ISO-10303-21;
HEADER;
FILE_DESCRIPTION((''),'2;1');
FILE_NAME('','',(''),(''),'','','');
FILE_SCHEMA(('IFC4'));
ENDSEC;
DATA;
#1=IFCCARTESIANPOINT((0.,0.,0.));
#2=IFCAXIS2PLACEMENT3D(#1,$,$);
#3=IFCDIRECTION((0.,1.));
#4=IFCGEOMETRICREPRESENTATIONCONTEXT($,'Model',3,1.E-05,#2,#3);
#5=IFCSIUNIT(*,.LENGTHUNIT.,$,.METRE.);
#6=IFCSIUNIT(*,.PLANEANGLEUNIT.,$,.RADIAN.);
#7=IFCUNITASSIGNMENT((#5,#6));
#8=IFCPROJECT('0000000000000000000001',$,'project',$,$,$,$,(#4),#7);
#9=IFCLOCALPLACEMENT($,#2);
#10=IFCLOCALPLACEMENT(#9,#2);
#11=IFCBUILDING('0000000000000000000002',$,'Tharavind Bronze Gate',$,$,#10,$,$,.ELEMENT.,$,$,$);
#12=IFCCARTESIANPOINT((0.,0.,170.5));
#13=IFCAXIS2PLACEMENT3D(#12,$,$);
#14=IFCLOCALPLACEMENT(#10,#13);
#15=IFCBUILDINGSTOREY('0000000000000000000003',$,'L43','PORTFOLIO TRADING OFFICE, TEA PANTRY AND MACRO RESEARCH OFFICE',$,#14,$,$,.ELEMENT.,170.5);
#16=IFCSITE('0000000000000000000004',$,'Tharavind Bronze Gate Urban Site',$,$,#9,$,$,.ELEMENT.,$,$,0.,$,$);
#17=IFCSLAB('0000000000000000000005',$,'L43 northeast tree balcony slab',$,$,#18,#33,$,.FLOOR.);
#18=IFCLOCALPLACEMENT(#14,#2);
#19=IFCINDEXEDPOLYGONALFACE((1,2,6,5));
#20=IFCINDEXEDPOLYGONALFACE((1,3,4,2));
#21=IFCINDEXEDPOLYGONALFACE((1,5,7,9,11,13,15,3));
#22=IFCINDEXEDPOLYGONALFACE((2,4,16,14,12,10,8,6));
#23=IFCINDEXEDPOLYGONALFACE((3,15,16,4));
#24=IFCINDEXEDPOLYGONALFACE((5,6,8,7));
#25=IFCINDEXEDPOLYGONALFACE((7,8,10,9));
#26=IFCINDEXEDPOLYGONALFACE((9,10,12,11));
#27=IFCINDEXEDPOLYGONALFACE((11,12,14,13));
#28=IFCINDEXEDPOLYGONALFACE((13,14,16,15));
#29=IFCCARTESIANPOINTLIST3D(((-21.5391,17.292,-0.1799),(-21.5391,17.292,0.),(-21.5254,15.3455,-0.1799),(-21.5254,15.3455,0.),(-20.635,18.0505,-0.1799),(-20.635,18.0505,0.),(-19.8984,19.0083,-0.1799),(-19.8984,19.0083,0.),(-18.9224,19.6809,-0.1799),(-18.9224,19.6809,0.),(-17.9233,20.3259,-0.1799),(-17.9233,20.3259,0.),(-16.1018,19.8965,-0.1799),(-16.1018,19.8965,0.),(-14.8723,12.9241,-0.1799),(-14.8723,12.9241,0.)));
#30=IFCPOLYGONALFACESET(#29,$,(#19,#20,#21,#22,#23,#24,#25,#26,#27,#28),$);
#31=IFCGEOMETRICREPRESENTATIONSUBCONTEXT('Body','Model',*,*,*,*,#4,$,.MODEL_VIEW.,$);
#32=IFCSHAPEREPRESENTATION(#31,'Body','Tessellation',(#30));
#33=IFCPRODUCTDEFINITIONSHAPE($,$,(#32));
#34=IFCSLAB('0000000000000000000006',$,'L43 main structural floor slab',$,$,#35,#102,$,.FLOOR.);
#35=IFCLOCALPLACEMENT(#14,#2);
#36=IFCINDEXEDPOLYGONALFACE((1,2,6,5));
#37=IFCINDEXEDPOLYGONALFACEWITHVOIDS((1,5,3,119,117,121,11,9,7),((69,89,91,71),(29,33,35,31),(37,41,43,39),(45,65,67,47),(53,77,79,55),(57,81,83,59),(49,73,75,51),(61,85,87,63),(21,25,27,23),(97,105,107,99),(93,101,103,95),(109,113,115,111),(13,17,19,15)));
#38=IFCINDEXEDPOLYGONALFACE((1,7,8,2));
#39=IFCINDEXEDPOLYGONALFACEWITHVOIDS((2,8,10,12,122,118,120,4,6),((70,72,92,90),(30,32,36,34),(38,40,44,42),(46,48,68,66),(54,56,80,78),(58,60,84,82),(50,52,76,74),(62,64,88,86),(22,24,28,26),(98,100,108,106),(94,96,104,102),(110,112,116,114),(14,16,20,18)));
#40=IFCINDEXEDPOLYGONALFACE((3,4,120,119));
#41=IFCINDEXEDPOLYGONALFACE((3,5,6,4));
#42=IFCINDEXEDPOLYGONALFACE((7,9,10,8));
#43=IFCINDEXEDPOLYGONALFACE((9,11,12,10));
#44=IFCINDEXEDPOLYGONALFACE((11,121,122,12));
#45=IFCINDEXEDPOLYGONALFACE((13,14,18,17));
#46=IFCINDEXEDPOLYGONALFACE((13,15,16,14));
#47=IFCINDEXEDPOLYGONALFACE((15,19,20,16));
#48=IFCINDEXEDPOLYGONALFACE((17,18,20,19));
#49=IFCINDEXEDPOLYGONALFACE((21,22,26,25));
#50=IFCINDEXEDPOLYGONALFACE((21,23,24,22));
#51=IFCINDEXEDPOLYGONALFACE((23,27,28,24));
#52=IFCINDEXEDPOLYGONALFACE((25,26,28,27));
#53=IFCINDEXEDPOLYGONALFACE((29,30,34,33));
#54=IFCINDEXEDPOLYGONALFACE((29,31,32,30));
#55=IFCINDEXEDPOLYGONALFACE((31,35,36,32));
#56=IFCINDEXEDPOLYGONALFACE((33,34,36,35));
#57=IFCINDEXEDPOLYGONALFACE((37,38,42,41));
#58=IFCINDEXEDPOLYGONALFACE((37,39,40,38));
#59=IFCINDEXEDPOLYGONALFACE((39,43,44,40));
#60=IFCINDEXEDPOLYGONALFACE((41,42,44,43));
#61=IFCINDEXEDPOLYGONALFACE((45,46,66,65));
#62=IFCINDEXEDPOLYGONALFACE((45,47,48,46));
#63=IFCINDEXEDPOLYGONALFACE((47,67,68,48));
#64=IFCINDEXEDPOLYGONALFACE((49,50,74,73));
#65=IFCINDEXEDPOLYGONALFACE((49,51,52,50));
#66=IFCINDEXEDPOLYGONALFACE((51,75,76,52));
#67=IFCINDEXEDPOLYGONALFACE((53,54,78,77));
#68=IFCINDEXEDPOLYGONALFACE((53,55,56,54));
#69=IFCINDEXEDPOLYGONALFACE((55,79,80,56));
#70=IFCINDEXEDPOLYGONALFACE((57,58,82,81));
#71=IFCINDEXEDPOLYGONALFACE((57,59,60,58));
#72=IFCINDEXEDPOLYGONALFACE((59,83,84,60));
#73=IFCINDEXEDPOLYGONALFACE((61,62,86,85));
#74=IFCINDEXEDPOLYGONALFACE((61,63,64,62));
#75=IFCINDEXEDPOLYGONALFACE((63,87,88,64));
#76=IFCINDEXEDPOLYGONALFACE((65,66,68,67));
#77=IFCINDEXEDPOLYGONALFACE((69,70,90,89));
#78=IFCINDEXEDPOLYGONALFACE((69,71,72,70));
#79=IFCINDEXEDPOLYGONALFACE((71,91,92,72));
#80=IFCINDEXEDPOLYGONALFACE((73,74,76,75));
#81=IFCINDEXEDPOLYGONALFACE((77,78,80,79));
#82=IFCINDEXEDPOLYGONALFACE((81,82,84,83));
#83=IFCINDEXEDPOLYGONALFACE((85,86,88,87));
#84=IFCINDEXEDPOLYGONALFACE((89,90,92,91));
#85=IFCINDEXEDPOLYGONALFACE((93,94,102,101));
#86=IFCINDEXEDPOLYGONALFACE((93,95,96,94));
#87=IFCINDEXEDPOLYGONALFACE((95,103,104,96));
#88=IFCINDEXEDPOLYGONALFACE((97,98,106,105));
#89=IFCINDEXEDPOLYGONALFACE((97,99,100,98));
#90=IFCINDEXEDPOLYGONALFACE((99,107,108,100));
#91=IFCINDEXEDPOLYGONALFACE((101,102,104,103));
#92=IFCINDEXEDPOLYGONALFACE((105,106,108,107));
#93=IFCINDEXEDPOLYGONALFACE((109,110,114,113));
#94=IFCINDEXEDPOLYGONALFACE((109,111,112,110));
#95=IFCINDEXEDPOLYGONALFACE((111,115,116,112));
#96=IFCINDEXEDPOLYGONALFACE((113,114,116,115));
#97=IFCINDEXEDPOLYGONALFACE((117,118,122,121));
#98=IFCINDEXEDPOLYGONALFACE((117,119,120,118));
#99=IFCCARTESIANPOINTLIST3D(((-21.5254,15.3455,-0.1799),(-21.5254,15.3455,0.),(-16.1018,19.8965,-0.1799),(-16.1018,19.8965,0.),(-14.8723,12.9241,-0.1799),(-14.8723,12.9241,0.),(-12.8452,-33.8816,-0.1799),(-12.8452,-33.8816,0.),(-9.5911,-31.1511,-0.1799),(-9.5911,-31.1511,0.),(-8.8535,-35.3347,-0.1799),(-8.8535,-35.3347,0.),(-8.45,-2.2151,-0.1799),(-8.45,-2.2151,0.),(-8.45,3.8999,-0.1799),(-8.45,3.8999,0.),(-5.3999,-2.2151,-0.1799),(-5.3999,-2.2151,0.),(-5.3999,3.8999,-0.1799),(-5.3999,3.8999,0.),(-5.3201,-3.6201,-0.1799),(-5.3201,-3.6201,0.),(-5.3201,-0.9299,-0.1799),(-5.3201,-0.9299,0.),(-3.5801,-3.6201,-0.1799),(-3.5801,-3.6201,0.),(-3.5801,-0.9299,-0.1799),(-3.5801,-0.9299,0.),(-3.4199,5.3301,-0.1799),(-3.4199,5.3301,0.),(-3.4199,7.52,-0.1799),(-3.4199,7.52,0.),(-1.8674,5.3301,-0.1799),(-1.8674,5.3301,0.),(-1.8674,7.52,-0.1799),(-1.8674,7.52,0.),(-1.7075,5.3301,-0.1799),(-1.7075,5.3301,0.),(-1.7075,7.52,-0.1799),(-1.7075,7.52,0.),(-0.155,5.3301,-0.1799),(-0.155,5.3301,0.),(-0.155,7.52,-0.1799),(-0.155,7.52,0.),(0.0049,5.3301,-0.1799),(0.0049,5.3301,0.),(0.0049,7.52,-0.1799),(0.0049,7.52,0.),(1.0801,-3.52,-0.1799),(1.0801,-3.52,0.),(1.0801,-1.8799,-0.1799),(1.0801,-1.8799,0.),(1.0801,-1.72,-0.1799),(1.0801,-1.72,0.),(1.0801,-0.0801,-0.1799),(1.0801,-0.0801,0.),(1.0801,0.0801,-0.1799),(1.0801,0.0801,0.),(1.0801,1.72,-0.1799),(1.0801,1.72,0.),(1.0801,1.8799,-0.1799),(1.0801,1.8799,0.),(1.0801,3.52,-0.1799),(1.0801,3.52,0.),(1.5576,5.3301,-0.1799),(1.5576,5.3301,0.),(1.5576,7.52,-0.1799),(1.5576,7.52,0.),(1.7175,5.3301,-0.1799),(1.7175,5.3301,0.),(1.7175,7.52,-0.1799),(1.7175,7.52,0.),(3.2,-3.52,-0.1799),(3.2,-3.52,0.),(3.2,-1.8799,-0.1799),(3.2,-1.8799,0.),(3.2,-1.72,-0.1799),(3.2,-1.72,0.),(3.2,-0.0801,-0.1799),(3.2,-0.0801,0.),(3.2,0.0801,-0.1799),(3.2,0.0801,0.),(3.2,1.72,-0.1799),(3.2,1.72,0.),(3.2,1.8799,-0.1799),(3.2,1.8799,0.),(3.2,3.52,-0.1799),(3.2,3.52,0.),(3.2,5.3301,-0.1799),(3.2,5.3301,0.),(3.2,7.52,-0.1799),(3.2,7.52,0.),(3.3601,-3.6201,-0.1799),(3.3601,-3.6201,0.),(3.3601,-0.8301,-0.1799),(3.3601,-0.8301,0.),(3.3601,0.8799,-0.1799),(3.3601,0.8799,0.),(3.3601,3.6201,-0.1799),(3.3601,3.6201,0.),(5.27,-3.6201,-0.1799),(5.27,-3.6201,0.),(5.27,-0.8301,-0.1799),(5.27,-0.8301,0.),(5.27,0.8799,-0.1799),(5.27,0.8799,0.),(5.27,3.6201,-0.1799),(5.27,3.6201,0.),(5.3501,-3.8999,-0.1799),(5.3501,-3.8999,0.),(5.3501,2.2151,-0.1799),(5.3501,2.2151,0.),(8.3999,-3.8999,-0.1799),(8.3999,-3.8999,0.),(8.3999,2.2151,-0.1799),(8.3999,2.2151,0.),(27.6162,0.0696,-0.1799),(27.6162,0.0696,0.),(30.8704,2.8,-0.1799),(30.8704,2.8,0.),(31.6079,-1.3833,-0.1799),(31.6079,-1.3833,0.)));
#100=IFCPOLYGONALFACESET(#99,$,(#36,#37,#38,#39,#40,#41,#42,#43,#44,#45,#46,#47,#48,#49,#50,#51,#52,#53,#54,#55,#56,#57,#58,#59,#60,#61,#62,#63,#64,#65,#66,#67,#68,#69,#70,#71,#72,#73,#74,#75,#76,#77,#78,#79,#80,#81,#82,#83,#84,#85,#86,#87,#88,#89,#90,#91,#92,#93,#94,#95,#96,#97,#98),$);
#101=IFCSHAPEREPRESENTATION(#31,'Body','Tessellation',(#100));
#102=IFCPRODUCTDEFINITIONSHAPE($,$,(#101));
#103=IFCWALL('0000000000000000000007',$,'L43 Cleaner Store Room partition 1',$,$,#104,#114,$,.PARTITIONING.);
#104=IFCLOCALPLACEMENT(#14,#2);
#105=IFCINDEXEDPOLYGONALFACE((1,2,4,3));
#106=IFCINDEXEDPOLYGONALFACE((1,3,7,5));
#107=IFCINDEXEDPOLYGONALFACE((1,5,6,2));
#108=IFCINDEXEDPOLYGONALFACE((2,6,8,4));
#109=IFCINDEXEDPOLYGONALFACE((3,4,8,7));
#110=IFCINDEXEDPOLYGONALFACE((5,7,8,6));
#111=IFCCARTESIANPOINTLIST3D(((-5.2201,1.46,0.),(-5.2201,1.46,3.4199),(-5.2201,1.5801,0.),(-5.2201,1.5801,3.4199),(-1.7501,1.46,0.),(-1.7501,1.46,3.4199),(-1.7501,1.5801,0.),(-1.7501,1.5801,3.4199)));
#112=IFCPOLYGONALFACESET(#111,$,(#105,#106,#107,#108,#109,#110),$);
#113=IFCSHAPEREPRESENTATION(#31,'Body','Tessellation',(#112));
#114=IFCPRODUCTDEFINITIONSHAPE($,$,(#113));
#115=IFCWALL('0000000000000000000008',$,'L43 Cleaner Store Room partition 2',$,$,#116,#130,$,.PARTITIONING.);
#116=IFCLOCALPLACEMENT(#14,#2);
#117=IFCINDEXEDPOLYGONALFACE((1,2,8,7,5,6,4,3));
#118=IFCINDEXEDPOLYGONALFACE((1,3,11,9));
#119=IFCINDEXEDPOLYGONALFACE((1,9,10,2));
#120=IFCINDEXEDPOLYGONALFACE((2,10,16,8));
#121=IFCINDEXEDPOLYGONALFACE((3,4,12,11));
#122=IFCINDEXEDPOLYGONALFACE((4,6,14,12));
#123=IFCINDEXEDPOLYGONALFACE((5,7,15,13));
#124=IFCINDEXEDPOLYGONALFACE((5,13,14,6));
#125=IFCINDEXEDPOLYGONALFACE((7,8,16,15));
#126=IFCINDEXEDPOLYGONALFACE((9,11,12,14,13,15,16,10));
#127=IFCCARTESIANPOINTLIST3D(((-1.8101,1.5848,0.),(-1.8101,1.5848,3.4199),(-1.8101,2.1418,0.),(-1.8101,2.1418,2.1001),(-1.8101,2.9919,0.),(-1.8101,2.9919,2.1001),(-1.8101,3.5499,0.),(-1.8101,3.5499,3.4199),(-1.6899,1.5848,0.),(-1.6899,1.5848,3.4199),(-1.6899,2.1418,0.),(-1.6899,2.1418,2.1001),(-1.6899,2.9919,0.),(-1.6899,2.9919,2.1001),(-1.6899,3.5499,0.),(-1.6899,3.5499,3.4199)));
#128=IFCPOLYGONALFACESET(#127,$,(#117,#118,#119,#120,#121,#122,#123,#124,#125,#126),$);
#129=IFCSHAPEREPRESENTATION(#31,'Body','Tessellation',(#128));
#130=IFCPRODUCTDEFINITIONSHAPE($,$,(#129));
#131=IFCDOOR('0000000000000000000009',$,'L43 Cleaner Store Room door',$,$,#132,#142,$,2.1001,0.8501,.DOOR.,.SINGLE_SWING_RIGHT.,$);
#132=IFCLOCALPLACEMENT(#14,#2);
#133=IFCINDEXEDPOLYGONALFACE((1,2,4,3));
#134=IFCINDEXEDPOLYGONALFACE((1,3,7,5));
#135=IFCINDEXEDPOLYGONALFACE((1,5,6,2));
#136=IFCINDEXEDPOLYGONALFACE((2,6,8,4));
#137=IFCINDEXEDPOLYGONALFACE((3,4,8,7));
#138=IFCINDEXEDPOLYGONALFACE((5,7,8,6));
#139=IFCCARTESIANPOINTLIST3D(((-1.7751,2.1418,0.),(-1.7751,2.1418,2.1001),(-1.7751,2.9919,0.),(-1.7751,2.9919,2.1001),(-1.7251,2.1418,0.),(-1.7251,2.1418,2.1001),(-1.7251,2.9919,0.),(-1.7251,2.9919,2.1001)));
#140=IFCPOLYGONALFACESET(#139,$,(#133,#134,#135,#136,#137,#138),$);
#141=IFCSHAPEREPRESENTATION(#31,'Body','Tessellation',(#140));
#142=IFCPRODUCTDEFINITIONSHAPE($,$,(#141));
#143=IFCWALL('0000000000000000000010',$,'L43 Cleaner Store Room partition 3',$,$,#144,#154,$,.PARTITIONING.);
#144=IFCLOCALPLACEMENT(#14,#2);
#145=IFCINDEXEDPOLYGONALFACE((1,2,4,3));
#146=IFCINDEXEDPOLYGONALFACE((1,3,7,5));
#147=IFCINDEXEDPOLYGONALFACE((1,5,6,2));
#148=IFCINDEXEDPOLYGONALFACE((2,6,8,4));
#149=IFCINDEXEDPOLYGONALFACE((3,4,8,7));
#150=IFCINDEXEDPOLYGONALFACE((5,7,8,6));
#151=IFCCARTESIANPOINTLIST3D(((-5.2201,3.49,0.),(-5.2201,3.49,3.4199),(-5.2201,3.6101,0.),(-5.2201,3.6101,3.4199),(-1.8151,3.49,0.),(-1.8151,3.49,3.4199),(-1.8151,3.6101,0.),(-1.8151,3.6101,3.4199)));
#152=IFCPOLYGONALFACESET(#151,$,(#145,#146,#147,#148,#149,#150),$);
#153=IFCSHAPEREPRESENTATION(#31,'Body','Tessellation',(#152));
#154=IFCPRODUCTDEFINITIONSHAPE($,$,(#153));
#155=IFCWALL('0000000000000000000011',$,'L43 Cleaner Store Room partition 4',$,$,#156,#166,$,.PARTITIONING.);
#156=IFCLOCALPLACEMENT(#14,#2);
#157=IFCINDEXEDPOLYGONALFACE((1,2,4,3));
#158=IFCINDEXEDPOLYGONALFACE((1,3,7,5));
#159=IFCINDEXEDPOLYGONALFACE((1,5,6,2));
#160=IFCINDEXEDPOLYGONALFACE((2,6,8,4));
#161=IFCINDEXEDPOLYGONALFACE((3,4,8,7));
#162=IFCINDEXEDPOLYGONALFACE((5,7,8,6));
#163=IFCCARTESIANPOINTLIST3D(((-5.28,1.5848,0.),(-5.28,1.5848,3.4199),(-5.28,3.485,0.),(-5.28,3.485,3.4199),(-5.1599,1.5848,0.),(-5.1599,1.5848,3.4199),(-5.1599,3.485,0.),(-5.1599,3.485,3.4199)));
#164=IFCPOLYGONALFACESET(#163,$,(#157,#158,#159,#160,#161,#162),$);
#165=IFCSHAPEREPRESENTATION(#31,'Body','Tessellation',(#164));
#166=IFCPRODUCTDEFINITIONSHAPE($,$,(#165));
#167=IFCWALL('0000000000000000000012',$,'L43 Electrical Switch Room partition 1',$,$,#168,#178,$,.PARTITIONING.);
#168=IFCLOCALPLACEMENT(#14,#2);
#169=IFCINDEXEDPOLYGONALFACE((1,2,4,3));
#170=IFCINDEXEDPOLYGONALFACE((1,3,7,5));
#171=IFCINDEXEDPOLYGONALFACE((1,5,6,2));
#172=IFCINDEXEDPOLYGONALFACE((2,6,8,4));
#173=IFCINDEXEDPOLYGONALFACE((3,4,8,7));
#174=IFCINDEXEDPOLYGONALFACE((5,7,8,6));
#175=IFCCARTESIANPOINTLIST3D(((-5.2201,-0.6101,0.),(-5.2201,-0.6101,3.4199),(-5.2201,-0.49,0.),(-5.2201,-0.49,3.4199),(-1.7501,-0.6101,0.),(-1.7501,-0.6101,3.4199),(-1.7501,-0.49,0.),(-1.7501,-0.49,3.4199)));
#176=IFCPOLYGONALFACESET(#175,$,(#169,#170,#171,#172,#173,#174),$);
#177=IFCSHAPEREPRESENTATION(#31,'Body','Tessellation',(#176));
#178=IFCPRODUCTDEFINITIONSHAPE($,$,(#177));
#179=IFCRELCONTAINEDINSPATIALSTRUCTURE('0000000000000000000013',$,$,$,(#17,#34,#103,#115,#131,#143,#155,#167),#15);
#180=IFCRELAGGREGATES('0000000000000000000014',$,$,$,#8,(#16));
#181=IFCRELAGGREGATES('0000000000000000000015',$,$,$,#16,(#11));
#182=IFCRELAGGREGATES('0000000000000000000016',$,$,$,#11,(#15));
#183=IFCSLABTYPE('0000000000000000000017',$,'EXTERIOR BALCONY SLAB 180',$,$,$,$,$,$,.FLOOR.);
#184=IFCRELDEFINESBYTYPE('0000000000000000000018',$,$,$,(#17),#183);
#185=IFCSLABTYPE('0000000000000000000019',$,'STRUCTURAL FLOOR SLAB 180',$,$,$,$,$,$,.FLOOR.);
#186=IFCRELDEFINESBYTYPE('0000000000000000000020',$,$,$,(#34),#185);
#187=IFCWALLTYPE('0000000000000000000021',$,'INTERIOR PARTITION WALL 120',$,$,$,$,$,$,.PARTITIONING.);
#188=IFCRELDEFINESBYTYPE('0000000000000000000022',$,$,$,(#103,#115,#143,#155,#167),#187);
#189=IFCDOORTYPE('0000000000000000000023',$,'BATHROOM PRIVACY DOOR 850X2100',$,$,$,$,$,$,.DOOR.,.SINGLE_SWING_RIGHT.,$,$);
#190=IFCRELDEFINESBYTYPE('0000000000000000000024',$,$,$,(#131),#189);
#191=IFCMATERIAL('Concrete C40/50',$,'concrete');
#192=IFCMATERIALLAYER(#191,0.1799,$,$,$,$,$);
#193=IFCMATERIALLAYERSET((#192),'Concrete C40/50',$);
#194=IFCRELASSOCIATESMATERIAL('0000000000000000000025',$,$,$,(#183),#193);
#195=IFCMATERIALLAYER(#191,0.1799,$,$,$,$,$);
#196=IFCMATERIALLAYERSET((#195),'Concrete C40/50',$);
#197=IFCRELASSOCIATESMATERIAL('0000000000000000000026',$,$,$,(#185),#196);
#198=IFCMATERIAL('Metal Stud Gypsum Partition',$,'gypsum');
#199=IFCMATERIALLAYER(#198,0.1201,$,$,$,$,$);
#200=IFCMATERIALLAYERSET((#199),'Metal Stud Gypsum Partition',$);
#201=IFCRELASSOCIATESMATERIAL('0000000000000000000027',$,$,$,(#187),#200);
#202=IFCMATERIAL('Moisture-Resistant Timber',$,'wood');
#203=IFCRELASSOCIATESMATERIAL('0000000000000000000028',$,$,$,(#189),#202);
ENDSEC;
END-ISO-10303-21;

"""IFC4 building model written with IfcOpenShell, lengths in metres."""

from ifc_helpers import new_model, si_unit, direction, frame, frame_2d, origin, place, context, subcontext, project, spatial, polyline, rectangle, outline, extrude, material, layer, layer_set, type_object, element, fill, save


model = new_model("IFC4")

# Units and contexts
model_context = context("Model", 3, precision=1e-05, world=origin(), true_north=direction((0.0, 1.0)))
body_context = subcontext(model_context, "Body", "Model", "MODEL_VIEW")
ifc_project = project(units=[si_unit("LENGTHUNIT", "METRE"), si_unit("PLANEANGLEUNIT", "RADIAN")], contexts=[model_context])

# Site, building, storey
site_placement = place(None, origin())
site = spatial("IfcSite", under=ifc_project, at=site_placement, Name="Tharavind Bronze Gate Urban Site", CompositionType="ELEMENT", RefElevation=0.0)
building_placement = place(site_placement, origin())
building = spatial("IfcBuilding", under=site, at=building_placement, Name="Tharavind Bronze Gate", CompositionType="ELEMENT")
storey_placement = place(building_placement, frame((0.0, 0.0, 170.5)))
storey = spatial("IfcBuildingStorey", under=building, at=storey_placement, Name="L43", Description="PORTFOLIO TRADING OFFICE, TEA PANTRY AND MACRO RESEARCH OFFICE", CompositionType="ELEMENT", Elevation=170.5)

# Slabs
ifc_material_1 = material(Name="Concrete C40/50", Category="concrete")
ifc_layer_1 = layer(ifc_material_1, 0.1799)
ifc_layer_set_1 = layer_set([ifc_layer_1], Name="Concrete C40/50")
slab_type_1 = type_object("IfcSlabType", Name="EXTERIOR BALCONY SLAB 180", PredefinedType="FLOOR", material=ifc_layer_set_1)
slab_1_placement = place(storey_placement, frame((0.0, 0.0, -0.1799)))
element("IfcSlab", 1, at=slab_1_placement, inside=storey, type_object=slab_type_1, Name="L43 northeast tree balcony slab", PredefinedType="FLOOR", context=body_context, shape_type="SweptSolid", body=[
    extrude(outline(polyline([(-17.9233, 20.3259), (-18.9224, 19.6809), (-19.8984, 19.0083), (-20.635, 18.0505), (-21.5391, 17.292), (-21.5254, 15.3455), (-14.8723, 12.9241), (-16.1018, 19.8965), (-17.9233, 20.3259)])), origin(), (0.0, 0.0, 1.0), 0.1799),
])
ifc_layer_2 = layer(ifc_material_1, 0.1799)
ifc_layer_set_2 = layer_set([ifc_layer_2], Name="Concrete C40/50")
slab_type_2 = type_object("IfcSlabType", Name="STRUCTURAL FLOOR SLAB 180", PredefinedType="FLOOR", material=ifc_layer_set_2)
slab_2_placement = place(storey_placement, frame((0.0, 0.0, -0.1799)))
element("IfcSlab", 2, at=slab_2_placement, inside=storey, type_object=slab_type_2, Name="L43 main structural floor slab", PredefinedType="FLOOR", context=body_context, shape_type="SweptSolid", body=[
    extrude(outline(polyline([(-16.1018, 19.8965), (-14.8723, 12.9241), (-21.5254, 15.3455), (-12.8452, -33.8816), (-9.5911, -31.1511), (-8.8535, -35.3347), (31.6079, -1.3833), (27.6162, 0.0696), (30.8704, 2.8), (-16.1018, 19.8965)]), holes=[polyline([(-5.3999, -2.2151), (-5.3999, 3.8999), (-8.45, 3.8999), (-8.45, -2.2151), (-5.3999, -2.2151)]), polyline([(5.3501, 2.2151), (5.3501, -3.8999), (8.3999, -3.8999), (8.3999, 2.2151), (5.3501, 2.2151)]), polyline([(-3.4199, 5.3301), (-1.8674, 5.3301), (-1.8674, 7.52), (-3.4199, 7.52), (-3.4199, 5.3301)]), polyline([(-1.7075, 5.3301), (-0.155, 5.3301), (-0.155, 7.52), (-1.7075, 7.52), (-1.7075, 5.3301)]), polyline([(0.0049, 5.3301), (1.5576, 5.3301), (1.5576, 7.52), (0.0049, 7.52), (0.0049, 5.3301)]), polyline([(1.7175, 5.3301), (3.2, 5.3301), (3.2, 7.52), (1.7175, 7.52), (1.7175, 5.3301)]), polyline([(1.0801, -3.52), (3.2, -3.52), (3.2, -1.8799), (1.0801, -1.8799), (1.0801, -3.52)]), polyline([(1.0801, -1.72), (3.2, -1.72), (3.2, -0.0801), (1.0801, -0.0801), (1.0801, -1.72)]), polyline([(1.0801, 0.0801), (3.2, 0.0801), (3.2, 1.72), (1.0801, 1.72), (1.0801, 0.0801)]), polyline([(1.0801, 1.8799), (3.2, 1.8799), (3.2, 3.52), (1.0801, 3.52), (1.0801, 1.8799)]), polyline([(-5.3201, -3.6201), (-3.5801, -3.6201), (-3.5801, -0.9299), (-5.3201, -0.9299), (-5.3201, -3.6201)]), polyline([(3.3601, 0.8799), (5.27, 0.8799), (5.27, 3.6201), (3.3601, 3.6201), (3.3601, 0.8799)]), polyline([(3.3601, -3.6201), (5.27, -3.6201), (5.27, -0.8301), (3.3601, -0.8301), (3.3601, -3.6201)])]), origin(), (0.0, 0.0, 1.0), 0.1799),
])

# Wall
ifc_material_2 = material(Name="Metal Stud Gypsum Partition", Category="gypsum")
ifc_layer_3 = layer(ifc_material_2, 0.1201)
ifc_layer_set_3 = layer_set([ifc_layer_3], Name="Metal Stud Gypsum Partition")
wall_type_1 = type_object("IfcWallType", Name="INTERIOR PARTITION WALL 120", PredefinedType="PARTITIONING", material=ifc_layer_set_3)
wall_1_placement = place(storey_placement, frame((-5.22, 1.52, 0.0), z_axis=(0.0, 0.0, 1.0), x_axis=(1.0, 0.0, 0.0)))
element("IfcWall", 3, at=wall_1_placement, inside=storey, type_object=wall_type_1, Name="L43 Cleaner Store Room partition 1", PredefinedType="PARTITIONING", context=body_context, shape_type="SweptSolid", body=[
    extrude(rectangle(XDim=3.47, YDim=0.1201, at=frame_2d((1.7349, 0.0))), origin(), (0.0, 0.0, 1.0), 3.4199),
])

# Wall, opening, door
wall_2_placement = place(storey_placement, frame((-1.75, 1.585, 0.0), z_axis=(0.0, 0.0, 1.0), x_axis=(0.0, 1.0, 0.0)))
wall_2 = element("IfcWall", 4, at=wall_2_placement, inside=storey, type_object=wall_type_1, Name="L43 Cleaner Store Room partition 2", PredefinedType="PARTITIONING", context=body_context, shape_type="SweptSolid", body=[
    extrude(rectangle(XDim=1.9651, YDim=0.1201, at=frame_2d((0.9824, 0.0))), origin(), (0.0, 0.0, 1.0), 3.4199),
])
opening_1_placement = place(wall_2_placement, frame((0.5569, 0.0, 0.0)))
opening_1 = element("IfcOpeningElement", 5, at=opening_1_placement, cuts=wall_2, PredefinedType="OPENING", context=body_context, shape_type="SweptSolid", body=[
    extrude(rectangle(XDim=0.8501, YDim=2.1001, at=frame_2d((0.425, 1.05))), frame((0.0, 0.0701, 0.0), z_axis=(0.0, -1.0, 0.0), x_axis=(1.0, 0.0, 0.0)), (0.0, 0.0, 1.0), 0.1401),
])
ifc_material_3 = material(Name="Moisture-Resistant Timber", Category="wood")
door_type_1 = type_object("IfcDoorType", Name="BATHROOM PRIVACY DOOR 850X2100", OperationType="SINGLE_SWING_RIGHT", PredefinedType="DOOR", material=ifc_material_3)
door_1_placement = place(opening_1_placement, frame((0.8501, 0.0, 0.0), z_axis=(0.0, 0.0, 1.0), x_axis=(-1.0, 0.0, 0.0)))
door_1 = element("IfcDoor", 6, at=door_1_placement, inside=storey, type_object=door_type_1, Name="L43 Cleaner Store Room door", OperationType="SINGLE_SWING_RIGHT", OverallHeight=2.1001, OverallWidth=0.8501, PredefinedType="DOOR", context=body_context, shape_type="SweptSolid", body=[
    extrude(rectangle(XDim=0.8501, YDim=2.1001, at=frame_2d((0.425, 1.05))), frame((0.0, 0.0249, 0.0), z_axis=(0.0, -1.0, 0.0), x_axis=(1.0, 0.0, 0.0)), (0.0, 0.0, 1.0), 0.05),
])
fill(opening_1, door_1)

# Walls
wall_3_placement = place(storey_placement, frame((-1.8149, 3.55, 0.0), z_axis=(0.0, 0.0, 1.0), x_axis=(-1.0, 0.0, 0.0)))
element("IfcWall", 7, at=wall_3_placement, inside=storey, type_object=wall_type_1, Name="L43 Cleaner Store Room partition 3", PredefinedType="PARTITIONING", context=body_context, shape_type="SweptSolid", body=[
    extrude(rectangle(XDim=3.405, YDim=0.1201, at=frame_2d((1.7026, 0.0))), origin(), (0.0, 0.0, 1.0), 3.4199),
])
wall_4_placement = place(storey_placement, frame((-5.22, 3.4851, 0.0), z_axis=(0.0, 0.0, 1.0), x_axis=(0.0, -1.0, 0.0)))
element("IfcWall", 8, at=wall_4_placement, inside=storey, type_object=wall_type_1, Name="L43 Cleaner Store Room partition 4", PredefinedType="PARTITIONING", context=body_context, shape_type="SweptSolid", body=[
    extrude(rectangle(XDim=1.9001, YDim=0.1201, at=frame_2d((0.9502, 0.0))), origin(), (0.0, 0.0, 1.0), 3.4199),
])
wall_5_placement = place(storey_placement, frame((-5.22, -0.55, 0.0), z_axis=(0.0, 0.0, 1.0), x_axis=(1.0, 0.0, 0.0)))
element("IfcWall", 9, at=wall_5_placement, inside=storey, type_object=wall_type_1, Name="L43 Electrical Switch Room partition 1", PredefinedType="PARTITIONING", context=body_context, shape_type="SweptSolid", body=[
    extrude(rectangle(XDim=3.47, YDim=0.1201, at=frame_2d((1.7349, 0.0))), origin(), (0.0, 0.0, 1.0), 3.4199),
])

save(model, "model.ifc")
